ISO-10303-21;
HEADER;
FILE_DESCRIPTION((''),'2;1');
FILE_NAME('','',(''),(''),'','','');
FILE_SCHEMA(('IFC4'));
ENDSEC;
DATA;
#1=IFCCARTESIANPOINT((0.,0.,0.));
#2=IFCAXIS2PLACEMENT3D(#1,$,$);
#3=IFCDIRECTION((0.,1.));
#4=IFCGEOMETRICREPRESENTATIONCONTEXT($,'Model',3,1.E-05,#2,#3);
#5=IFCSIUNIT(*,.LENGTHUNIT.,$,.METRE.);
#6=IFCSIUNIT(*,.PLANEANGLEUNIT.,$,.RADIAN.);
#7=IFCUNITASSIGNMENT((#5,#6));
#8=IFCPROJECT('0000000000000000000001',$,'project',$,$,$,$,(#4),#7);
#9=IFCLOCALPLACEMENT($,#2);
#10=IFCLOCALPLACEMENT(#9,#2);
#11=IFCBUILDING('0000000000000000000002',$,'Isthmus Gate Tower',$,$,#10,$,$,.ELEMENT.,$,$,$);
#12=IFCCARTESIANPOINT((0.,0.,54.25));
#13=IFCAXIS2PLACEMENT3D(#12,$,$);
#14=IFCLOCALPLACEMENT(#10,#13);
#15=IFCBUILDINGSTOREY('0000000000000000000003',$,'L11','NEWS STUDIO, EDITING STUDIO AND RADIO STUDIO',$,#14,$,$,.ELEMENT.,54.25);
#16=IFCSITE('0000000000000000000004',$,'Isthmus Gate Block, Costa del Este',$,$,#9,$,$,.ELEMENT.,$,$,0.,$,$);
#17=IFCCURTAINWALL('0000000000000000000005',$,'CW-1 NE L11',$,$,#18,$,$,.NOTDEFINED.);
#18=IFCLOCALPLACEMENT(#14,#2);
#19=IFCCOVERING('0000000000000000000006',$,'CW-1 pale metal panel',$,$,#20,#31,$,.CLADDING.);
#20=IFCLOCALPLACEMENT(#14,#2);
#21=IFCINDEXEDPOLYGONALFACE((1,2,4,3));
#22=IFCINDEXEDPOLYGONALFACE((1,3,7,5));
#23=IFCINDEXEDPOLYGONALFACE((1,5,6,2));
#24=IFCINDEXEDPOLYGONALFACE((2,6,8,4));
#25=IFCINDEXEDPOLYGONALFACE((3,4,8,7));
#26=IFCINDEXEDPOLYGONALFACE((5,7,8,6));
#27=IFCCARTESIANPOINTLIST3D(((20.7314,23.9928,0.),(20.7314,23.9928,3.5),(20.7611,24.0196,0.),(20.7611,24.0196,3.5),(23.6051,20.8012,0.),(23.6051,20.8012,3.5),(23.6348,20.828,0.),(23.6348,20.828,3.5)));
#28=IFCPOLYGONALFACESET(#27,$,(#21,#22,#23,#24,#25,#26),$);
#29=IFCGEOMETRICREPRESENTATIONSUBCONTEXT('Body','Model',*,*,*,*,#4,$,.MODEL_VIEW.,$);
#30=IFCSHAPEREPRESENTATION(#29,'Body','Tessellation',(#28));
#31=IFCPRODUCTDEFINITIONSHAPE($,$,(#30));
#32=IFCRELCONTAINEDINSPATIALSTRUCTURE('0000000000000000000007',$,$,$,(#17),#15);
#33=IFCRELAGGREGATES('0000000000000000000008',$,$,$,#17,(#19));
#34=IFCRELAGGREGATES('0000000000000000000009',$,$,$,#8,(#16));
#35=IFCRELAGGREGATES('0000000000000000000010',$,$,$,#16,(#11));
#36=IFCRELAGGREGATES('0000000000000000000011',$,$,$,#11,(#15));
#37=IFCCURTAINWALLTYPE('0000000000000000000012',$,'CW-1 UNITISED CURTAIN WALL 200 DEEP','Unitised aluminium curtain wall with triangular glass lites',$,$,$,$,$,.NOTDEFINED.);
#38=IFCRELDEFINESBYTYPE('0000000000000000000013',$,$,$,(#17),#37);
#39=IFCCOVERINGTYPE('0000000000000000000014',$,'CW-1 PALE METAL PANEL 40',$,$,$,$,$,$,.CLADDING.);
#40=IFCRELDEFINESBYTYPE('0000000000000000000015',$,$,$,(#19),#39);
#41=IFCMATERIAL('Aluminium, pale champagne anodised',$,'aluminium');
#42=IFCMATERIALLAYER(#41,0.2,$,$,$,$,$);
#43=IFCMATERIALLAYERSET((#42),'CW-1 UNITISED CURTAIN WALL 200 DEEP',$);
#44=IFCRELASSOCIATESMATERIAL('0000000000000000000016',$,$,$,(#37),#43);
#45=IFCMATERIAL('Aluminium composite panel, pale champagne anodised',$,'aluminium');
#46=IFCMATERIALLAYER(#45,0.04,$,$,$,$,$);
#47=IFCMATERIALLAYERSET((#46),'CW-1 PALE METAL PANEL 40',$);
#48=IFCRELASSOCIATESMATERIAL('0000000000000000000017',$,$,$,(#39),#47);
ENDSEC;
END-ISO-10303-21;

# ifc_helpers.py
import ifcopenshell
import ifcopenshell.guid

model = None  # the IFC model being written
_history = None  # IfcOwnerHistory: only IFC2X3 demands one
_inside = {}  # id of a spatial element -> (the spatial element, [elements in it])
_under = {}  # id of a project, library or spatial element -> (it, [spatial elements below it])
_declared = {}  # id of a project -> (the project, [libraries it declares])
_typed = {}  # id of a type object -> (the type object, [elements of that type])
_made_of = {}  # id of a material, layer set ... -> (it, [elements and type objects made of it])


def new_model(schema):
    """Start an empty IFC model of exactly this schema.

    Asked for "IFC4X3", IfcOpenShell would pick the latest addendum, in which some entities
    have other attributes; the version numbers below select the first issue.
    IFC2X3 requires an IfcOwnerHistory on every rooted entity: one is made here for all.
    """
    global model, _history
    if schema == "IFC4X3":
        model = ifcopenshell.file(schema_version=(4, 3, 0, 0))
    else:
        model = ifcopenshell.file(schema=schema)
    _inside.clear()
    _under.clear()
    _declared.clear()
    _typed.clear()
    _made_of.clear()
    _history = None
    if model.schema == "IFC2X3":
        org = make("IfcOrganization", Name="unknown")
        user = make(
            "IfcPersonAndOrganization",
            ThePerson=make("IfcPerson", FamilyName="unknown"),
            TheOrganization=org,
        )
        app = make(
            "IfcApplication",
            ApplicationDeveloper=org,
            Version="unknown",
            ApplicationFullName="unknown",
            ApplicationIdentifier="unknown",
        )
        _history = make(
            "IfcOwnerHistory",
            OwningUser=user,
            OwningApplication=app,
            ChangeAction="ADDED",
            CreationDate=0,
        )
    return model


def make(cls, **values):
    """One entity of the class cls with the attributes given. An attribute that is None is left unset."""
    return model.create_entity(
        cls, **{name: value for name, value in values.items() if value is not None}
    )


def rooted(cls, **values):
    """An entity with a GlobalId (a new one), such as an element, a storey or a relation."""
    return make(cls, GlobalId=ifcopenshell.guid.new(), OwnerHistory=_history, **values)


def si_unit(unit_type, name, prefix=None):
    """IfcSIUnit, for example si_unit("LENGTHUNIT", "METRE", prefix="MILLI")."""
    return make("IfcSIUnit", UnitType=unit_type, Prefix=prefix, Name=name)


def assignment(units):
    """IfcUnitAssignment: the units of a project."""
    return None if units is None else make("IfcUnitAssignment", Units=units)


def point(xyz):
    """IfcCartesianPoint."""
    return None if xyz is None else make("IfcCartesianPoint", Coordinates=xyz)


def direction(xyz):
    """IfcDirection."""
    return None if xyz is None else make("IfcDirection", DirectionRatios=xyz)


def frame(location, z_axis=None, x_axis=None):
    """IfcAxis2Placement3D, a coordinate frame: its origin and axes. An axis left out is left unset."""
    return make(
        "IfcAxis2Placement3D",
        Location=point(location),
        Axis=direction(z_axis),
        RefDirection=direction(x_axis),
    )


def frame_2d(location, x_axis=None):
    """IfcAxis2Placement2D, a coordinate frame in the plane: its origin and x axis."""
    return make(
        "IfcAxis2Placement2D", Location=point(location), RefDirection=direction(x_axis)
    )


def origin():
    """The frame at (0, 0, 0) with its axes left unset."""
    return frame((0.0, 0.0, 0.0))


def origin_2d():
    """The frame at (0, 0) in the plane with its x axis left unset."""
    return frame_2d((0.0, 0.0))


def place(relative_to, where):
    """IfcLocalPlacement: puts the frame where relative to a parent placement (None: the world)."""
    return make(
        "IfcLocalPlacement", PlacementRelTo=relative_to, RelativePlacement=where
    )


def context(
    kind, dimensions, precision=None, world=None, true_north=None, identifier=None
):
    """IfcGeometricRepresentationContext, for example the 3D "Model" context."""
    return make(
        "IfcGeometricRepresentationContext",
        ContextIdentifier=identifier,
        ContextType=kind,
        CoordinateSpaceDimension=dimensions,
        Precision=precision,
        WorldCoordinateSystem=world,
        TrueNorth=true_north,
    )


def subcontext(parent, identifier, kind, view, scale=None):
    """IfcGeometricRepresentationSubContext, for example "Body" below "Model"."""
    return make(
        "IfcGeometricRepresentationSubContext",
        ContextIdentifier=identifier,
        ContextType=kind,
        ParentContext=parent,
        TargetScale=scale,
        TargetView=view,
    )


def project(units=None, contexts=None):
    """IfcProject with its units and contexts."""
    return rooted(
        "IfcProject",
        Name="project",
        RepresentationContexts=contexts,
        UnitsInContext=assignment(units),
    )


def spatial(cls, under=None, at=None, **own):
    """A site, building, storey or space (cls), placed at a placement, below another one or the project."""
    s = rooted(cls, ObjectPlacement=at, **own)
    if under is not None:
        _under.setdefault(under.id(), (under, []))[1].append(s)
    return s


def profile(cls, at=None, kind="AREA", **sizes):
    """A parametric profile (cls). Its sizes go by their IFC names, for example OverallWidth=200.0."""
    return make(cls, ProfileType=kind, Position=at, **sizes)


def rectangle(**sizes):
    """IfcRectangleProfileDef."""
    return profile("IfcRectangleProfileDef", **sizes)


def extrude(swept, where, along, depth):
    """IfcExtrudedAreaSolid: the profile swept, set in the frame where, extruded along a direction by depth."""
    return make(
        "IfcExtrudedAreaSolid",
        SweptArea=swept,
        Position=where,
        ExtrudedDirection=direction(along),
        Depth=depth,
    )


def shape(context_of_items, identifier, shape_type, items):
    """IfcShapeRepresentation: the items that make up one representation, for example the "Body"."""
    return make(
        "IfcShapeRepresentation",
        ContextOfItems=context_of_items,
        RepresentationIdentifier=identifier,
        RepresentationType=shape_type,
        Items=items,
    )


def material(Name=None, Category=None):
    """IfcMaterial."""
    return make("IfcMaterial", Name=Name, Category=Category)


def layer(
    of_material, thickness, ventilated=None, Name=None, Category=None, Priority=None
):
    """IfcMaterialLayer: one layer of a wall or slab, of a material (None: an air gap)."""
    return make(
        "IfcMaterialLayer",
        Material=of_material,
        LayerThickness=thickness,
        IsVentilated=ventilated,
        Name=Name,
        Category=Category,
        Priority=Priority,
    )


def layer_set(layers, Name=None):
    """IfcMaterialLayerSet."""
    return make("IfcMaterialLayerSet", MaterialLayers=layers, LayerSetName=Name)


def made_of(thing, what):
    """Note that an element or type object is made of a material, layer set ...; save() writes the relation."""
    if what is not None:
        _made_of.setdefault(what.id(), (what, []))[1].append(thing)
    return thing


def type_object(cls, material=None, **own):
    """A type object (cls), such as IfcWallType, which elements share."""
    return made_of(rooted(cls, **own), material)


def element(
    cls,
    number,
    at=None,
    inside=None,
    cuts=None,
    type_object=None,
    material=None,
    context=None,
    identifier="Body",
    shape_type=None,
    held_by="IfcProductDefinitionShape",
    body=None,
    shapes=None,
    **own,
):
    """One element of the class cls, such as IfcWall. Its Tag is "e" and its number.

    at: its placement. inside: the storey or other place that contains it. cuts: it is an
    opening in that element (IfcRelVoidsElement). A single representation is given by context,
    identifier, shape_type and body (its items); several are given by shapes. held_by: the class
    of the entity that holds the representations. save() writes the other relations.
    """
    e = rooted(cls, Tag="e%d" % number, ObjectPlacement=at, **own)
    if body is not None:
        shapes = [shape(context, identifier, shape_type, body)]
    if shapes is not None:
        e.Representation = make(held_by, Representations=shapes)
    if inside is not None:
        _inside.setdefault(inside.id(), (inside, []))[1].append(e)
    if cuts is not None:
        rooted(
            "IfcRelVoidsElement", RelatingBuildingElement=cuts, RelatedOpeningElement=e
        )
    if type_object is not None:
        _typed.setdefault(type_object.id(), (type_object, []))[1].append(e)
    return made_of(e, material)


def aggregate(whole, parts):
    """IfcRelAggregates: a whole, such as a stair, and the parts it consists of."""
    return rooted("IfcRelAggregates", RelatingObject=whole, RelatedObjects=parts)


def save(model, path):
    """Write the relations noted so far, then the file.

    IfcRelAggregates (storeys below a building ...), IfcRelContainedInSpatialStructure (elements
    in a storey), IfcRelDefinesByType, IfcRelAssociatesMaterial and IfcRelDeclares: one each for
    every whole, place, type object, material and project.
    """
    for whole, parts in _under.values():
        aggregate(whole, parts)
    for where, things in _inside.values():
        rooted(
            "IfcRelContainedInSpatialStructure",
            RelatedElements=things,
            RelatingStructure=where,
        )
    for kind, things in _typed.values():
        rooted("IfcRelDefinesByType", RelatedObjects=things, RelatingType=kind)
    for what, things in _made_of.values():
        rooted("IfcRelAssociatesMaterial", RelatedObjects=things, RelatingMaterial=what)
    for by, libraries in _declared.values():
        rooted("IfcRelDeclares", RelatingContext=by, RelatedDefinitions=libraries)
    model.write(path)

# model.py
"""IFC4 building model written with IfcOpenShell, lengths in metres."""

from ifc_helpers import new_model, si_unit, direction, frame, origin, origin_2d, place, context, subcontext, project, spatial, rectangle, extrude, material, layer, layer_set, type_object, element, aggregate, save


model = new_model("IFC4")

# Units and contexts
model_context = context("Model", 3, precision=1e-05, world=origin(), true_north=direction((0.0, 1.0)))
body_context = subcontext(model_context, "Body", "Model", "MODEL_VIEW")
ifc_project = project(units=[si_unit("LENGTHUNIT", "METRE"), si_unit("PLANEANGLEUNIT", "RADIAN")], contexts=[model_context])

# Site, building, storey
site_placement = place(None, origin())
site = spatial("IfcSite", under=ifc_project, at=site_placement, Name="Isthmus Gate Block, Costa del Este", CompositionType="ELEMENT", RefElevation=0.0)
building_placement = place(site_placement, origin())
building = spatial("IfcBuilding", under=site, at=building_placement, Name="Isthmus Gate Tower", CompositionType="ELEMENT")
storey_placement = place(building_placement, frame((0.0, 0.0, 54.25)))
storey = spatial("IfcBuildingStorey", under=building, at=storey_placement, Name="L11", Description="NEWS STUDIO, EDITING STUDIO AND RADIO STUDIO", CompositionType="ELEMENT", Elevation=54.25)

# Curtain wall
ifc_material_1 = material(Name="Aluminium, pale champagne anodised", Category="aluminium")
ifc_layer_1 = layer(ifc_material_1, 0.2)
ifc_layer_set_1 = layer_set([ifc_layer_1], Name="CW-1 UNITISED CURTAIN WALL 200 DEEP")
curtain_wall_type = type_object("IfcCurtainWallType", Name="CW-1 UNITISED CURTAIN WALL 200 DEEP", Description="Unitised aluminium curtain wall with triangular glass lites", PredefinedType="NOTDEFINED", material=ifc_layer_set_1)
curtain_wall_1_placement = place(storey_placement, origin())
curtain_wall_1 = element("IfcCurtainWall", 1, at=curtain_wall_1_placement, inside=storey, type_object=curtain_wall_type, Name="CW-1 NE L11", PredefinedType="NOTDEFINED")

# Covering
ifc_material_2 = material(Name="Aluminium composite panel, pale champagne anodised", Category="aluminium")
ifc_layer_2 = layer(ifc_material_2, 0.04)
ifc_layer_set_2 = layer_set([ifc_layer_2], Name="CW-1 PALE METAL PANEL 40")
covering_type = type_object("IfcCoveringType", Name="CW-1 PALE METAL PANEL 40", PredefinedType="CLADDING", material=ifc_layer_set_2)
covering_1_placement = place(storey_placement, frame((22.1831, 22.4104, 0.0), z_axis=(0.0, 0.0, 1.0), x_axis=(-0.669131, 0.743145, 0.0)))
covering_1 = element("IfcCovering", 2, at=covering_1_placement, type_object=covering_type, Name="CW-1 pale metal panel", PredefinedType="CLADDING", context=body_context, shape_type="SweptSolid", body=[
    extrude(rectangle(XDim=4.2947, YDim=0.04, at=origin_2d()), origin(), (0.0, 0.0, 1.0), 3.5),
])
aggregate(curtain_wall_1, [covering_1])

save(model, "model.ifc")
